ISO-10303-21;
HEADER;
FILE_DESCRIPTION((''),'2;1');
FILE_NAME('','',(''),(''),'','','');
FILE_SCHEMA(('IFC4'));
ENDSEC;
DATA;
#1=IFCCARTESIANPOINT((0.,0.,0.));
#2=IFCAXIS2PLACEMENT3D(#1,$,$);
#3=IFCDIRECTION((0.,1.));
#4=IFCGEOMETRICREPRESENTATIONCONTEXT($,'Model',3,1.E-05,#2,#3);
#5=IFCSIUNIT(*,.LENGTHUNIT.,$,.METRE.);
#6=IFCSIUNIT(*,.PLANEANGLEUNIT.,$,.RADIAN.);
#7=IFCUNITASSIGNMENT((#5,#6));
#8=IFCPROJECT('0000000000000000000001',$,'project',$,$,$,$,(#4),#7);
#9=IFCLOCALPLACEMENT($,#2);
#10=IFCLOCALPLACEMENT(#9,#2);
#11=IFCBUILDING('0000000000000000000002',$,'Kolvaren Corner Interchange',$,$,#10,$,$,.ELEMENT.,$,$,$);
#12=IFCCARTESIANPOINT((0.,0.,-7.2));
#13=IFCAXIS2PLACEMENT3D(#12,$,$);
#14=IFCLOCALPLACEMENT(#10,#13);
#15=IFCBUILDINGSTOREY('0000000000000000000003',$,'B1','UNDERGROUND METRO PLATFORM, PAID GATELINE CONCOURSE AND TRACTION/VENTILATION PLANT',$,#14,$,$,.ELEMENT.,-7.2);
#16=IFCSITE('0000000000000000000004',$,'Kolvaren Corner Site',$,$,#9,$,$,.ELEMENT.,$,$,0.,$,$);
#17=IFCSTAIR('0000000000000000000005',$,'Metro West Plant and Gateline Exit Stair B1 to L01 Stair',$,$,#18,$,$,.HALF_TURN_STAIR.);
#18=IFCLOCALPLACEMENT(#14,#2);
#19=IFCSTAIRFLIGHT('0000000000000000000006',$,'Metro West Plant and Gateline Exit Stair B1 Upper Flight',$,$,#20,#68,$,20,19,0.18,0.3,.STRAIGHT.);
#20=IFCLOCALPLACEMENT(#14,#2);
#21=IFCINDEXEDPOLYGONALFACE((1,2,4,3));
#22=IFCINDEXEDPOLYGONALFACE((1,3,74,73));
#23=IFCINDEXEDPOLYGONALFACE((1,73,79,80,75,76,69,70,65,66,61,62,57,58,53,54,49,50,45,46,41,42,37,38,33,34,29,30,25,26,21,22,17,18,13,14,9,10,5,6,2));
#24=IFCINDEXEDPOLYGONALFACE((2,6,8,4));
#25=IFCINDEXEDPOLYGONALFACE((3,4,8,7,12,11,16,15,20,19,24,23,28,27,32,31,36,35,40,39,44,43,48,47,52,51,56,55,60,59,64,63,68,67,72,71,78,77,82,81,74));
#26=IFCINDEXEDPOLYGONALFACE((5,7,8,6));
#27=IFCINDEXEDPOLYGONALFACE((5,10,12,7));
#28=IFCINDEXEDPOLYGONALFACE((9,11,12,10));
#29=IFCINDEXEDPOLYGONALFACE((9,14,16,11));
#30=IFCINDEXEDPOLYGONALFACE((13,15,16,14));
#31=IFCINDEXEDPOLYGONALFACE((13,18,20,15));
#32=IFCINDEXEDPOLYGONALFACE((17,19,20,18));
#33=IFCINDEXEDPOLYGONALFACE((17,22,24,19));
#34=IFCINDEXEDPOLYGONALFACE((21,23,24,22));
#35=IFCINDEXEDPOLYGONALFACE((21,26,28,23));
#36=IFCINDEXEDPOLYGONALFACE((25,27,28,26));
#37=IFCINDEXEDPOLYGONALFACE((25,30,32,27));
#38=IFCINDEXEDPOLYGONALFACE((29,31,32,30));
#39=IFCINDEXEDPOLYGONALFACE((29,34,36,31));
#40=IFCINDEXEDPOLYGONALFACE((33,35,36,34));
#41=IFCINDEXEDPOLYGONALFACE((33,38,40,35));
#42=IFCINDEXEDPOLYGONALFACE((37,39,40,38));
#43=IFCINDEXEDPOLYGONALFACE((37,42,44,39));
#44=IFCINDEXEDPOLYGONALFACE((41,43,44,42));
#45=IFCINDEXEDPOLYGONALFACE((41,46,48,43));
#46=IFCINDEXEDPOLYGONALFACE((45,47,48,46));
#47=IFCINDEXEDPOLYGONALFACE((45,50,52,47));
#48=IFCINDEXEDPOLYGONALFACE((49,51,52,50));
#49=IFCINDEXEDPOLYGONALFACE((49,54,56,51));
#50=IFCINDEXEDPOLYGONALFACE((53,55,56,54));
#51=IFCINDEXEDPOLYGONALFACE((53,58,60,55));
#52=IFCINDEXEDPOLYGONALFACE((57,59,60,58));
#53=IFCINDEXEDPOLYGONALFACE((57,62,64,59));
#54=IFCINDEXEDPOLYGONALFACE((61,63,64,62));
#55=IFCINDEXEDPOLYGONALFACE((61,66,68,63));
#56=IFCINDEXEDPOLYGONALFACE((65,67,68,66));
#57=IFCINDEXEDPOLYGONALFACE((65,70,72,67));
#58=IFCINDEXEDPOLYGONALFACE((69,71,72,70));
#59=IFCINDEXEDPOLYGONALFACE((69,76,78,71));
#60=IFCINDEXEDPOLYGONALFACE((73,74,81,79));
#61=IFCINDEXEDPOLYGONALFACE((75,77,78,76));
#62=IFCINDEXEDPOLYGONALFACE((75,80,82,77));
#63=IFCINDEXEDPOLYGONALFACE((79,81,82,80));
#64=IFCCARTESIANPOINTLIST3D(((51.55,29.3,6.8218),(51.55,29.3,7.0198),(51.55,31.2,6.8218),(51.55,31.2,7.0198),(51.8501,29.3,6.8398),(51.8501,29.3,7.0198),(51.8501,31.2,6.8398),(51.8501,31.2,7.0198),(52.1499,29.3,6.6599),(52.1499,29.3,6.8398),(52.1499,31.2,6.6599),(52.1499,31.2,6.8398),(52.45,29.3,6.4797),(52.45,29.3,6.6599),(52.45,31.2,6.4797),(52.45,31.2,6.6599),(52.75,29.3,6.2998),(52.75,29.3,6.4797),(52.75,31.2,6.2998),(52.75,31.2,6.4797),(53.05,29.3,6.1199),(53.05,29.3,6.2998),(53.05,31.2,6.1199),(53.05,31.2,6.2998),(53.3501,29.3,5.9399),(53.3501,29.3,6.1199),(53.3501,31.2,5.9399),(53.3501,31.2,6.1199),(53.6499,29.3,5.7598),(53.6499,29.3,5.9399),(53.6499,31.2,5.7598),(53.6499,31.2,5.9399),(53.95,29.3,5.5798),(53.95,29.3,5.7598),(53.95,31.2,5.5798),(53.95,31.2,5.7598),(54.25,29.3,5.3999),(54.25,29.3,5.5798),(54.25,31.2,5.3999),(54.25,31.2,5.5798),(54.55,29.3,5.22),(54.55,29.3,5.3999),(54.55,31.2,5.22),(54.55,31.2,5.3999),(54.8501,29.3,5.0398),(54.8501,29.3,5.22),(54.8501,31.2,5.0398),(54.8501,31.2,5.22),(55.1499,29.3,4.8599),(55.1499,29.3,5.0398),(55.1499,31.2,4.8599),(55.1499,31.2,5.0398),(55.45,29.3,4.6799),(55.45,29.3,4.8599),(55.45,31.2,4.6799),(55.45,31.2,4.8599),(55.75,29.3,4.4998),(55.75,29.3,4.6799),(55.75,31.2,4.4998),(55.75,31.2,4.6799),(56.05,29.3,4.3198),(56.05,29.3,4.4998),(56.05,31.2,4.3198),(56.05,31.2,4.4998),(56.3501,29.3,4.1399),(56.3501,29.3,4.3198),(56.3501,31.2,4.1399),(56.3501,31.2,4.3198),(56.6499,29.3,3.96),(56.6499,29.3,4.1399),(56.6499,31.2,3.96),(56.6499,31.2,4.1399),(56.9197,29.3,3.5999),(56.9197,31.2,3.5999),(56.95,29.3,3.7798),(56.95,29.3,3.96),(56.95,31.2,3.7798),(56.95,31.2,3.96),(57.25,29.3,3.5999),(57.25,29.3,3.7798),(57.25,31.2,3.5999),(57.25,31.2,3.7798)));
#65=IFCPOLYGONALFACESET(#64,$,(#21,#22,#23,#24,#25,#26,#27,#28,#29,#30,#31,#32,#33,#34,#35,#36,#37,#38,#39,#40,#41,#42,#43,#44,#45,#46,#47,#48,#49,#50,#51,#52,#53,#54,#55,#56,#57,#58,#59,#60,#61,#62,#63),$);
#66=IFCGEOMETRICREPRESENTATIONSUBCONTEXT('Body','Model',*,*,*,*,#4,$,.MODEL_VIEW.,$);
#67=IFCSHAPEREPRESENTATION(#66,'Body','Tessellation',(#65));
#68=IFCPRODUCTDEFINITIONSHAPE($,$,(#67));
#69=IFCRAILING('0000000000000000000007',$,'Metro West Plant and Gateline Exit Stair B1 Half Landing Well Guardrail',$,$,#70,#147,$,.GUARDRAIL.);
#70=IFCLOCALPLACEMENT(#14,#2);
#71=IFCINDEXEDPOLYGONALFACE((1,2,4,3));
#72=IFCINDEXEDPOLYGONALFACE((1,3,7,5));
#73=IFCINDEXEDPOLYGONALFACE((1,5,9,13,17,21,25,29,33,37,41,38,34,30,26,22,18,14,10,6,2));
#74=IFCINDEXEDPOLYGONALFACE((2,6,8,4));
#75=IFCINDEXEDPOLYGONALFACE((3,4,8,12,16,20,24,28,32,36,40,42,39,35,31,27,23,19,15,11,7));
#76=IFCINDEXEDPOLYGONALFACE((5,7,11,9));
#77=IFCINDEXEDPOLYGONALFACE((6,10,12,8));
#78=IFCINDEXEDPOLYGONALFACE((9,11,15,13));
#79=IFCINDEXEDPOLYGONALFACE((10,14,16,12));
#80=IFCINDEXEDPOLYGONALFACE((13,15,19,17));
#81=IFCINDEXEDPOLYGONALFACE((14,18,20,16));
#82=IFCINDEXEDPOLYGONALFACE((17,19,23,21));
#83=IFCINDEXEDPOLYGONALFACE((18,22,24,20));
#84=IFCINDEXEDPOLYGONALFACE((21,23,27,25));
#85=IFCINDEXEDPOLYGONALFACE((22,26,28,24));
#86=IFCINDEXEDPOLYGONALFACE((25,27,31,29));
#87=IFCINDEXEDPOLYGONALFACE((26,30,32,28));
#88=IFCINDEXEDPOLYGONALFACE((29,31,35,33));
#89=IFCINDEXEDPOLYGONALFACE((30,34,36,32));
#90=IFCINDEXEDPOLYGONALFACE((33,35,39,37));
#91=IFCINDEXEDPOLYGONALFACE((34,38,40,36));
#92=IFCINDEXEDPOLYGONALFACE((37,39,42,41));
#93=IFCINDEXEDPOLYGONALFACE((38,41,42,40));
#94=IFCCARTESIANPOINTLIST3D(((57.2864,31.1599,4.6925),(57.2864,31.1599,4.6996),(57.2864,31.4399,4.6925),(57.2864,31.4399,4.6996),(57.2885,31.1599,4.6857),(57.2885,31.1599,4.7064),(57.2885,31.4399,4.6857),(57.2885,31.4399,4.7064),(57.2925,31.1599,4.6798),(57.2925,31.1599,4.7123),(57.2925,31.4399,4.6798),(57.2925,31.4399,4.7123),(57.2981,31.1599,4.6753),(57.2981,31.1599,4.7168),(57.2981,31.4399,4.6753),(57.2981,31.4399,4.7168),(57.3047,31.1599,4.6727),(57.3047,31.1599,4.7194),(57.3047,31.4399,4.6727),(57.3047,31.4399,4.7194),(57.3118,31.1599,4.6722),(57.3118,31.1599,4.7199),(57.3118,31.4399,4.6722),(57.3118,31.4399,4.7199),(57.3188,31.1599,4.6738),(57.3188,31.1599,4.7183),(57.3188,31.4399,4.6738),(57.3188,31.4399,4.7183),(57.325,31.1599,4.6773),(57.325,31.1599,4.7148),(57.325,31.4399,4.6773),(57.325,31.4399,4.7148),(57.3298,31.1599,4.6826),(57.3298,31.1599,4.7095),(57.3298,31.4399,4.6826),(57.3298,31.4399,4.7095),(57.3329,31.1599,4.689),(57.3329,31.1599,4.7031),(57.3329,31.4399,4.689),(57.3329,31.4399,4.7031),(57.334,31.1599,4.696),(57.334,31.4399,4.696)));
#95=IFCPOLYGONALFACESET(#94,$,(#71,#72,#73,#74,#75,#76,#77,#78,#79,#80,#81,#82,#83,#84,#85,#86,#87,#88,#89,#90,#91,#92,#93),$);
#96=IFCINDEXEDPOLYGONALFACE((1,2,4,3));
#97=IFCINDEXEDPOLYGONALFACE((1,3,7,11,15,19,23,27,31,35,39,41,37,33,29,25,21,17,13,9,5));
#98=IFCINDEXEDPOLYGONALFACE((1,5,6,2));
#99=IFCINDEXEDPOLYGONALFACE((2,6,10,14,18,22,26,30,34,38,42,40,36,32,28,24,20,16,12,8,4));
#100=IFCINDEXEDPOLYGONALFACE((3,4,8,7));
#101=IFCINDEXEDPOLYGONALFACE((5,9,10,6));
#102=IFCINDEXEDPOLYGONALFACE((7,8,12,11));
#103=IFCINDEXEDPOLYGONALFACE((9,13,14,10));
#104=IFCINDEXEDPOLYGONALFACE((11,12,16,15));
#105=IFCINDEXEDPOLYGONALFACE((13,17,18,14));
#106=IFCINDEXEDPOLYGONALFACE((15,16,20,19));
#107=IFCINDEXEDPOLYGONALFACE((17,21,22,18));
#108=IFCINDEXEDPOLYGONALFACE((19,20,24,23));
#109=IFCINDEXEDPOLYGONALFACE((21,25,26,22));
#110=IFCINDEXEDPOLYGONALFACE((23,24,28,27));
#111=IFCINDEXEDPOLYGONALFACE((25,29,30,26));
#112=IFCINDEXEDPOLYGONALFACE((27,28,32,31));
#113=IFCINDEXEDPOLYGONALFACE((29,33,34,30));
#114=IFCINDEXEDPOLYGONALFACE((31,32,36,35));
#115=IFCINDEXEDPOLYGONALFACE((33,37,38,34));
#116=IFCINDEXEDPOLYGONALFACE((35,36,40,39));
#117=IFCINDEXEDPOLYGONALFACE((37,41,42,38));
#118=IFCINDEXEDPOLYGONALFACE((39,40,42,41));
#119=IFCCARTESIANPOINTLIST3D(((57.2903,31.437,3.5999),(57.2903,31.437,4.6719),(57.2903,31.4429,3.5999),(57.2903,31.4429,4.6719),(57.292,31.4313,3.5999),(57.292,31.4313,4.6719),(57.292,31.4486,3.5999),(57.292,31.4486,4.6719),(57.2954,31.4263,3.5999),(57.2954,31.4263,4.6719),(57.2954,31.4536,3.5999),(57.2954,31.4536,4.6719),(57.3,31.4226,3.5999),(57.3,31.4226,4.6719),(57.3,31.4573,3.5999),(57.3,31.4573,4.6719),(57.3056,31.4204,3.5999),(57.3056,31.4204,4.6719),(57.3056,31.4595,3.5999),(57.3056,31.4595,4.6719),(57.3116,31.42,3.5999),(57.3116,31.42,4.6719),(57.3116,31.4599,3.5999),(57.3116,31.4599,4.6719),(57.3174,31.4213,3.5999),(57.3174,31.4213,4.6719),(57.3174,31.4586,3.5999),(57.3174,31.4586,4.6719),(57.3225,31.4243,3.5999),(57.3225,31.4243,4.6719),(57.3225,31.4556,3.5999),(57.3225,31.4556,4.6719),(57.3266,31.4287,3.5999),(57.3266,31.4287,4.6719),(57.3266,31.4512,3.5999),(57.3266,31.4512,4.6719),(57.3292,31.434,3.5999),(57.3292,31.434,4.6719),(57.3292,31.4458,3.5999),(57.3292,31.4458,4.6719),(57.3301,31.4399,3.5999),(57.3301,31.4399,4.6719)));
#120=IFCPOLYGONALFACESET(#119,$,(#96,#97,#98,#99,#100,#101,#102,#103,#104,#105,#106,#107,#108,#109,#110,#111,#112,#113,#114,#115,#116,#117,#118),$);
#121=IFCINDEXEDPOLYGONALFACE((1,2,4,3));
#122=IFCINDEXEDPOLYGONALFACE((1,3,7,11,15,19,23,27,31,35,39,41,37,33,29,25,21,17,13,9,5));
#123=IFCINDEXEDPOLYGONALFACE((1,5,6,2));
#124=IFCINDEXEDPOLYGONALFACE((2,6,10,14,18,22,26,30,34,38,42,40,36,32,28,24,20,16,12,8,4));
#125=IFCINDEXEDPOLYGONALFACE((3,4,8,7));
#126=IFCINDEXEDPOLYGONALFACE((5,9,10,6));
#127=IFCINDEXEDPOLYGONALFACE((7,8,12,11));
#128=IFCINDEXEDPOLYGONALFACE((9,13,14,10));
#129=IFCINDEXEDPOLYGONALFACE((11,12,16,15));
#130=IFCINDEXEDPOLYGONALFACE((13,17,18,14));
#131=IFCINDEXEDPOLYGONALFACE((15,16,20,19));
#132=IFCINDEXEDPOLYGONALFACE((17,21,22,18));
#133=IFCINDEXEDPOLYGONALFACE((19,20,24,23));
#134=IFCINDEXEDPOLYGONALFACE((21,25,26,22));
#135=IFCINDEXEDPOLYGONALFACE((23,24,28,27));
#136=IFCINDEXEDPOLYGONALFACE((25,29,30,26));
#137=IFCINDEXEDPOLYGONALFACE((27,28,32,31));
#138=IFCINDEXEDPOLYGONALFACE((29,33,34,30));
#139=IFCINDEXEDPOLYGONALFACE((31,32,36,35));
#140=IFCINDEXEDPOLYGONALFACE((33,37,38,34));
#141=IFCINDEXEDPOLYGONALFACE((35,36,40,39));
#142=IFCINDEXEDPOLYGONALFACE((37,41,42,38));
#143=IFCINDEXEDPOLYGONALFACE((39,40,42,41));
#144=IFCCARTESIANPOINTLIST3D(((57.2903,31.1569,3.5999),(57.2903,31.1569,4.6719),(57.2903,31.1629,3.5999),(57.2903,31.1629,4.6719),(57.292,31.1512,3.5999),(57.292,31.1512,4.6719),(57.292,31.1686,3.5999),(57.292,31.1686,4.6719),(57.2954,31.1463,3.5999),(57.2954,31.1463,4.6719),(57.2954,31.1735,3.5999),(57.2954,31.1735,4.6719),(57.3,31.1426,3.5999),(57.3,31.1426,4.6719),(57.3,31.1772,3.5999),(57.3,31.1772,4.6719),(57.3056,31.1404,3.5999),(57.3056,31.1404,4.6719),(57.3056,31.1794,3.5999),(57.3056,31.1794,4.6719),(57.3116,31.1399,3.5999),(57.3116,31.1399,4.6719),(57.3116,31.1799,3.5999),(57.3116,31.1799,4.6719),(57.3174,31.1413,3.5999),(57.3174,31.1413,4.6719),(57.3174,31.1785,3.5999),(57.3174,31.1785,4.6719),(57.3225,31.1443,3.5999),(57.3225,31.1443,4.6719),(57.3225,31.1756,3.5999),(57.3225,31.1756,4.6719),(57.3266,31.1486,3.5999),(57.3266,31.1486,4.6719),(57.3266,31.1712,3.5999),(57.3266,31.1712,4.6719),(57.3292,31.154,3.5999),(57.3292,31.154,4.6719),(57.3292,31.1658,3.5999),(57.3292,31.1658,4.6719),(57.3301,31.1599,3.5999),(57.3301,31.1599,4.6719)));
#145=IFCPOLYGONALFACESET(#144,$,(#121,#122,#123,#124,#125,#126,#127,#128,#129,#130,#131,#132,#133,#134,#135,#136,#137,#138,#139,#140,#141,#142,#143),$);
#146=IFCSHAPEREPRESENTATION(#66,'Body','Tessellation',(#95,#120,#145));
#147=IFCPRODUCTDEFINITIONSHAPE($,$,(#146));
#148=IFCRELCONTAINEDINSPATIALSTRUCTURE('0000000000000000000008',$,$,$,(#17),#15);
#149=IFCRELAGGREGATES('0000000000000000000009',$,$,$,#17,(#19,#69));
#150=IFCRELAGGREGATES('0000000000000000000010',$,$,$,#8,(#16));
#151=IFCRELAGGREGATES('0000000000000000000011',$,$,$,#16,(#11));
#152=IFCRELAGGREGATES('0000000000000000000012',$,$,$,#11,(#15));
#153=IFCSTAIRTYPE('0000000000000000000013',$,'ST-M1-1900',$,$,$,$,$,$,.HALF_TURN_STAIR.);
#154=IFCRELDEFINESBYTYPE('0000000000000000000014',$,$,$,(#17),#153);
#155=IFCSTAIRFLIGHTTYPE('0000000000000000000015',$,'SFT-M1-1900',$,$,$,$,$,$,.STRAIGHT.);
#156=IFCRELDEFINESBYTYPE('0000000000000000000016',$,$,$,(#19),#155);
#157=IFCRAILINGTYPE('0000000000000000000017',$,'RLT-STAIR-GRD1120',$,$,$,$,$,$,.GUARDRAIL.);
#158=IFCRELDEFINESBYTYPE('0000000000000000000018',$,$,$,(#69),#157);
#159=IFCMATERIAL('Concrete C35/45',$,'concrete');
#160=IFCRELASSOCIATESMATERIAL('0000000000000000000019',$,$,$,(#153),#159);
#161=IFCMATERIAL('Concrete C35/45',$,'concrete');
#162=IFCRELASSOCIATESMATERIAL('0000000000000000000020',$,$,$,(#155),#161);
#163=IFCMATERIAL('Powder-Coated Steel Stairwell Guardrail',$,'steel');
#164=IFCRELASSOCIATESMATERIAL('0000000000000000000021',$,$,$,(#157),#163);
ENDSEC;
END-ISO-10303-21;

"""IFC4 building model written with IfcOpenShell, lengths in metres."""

from ifc_helpers import new_model, si_unit, direction, frame, origin, origin_2d, place, context, subcontext, project, spatial, polyline, circle, outline, extrude, material, type_object, element, aggregate, save


model = new_model("IFC4")

# Units and contexts
model_context = context("Model", 3, precision=1e-05, world=origin(), true_north=direction((0.0, 1.0)))
body_context = subcontext(model_context, "Body", "Model", "MODEL_VIEW")
ifc_project = project(units=[si_unit("LENGTHUNIT", "METRE"), si_unit("PLANEANGLEUNIT", "RADIAN")], contexts=[model_context])

# Site, building, storey
site_placement = place(None, origin())
site = spatial("IfcSite", under=ifc_project, at=site_placement, Name="Kolvaren Corner Site", CompositionType="ELEMENT", RefElevation=0.0)
building_placement = place(site_placement, origin())
building = spatial("IfcBuilding", under=site, at=building_placement, Name="Kolvaren Corner Interchange", CompositionType="ELEMENT")
storey_placement = place(building_placement, frame((0.0, 0.0, -7.2)))
storey = spatial("IfcBuildingStorey", under=building, at=storey_placement, Name="B1", Description="UNDERGROUND METRO PLATFORM, PAID GATELINE CONCOURSE AND TRACTION/VENTILATION PLANT", CompositionType="ELEMENT", Elevation=-7.2)

# Stair, stair flight, railing
ifc_material_1 = material(Name="Concrete C35/45", Category="concrete")
stair_type = type_object("IfcStairType", Name="ST-M1-1900", PredefinedType="HALF_TURN_STAIR", material=ifc_material_1)
stair_placement = place(storey_placement, origin())
stair = element("IfcStair", 1, at=stair_placement, inside=storey, type_object=stair_type, Name="Metro West Plant and Gateline Exit Stair B1 to L01 Stair", PredefinedType="HALF_TURN_STAIR")
ifc_material_2 = material(Name="Concrete C35/45", Category="concrete")
stair_flight_type = type_object("IfcStairFlightType", Name="SFT-M1-1900", PredefinedType="STRAIGHT", material=ifc_material_2)
stair_flight_1_placement = place(storey_placement, frame((57.25, 30.25, 3.5999), z_axis=(0.0, 0.0, 1.0), x_axis=(-1.0, 0.0, 0.0)))
stair_flight_1 = element("IfcStairFlight", 2, at=stair_flight_1_placement, type_object=stair_flight_type, Name="Metro West Plant and Gateline Exit Stair B1 Upper Flight", NumberOfRisers=20, NumberOfTreads=19, PredefinedType="STRAIGHT", RiserHeight=0.18, TreadLength=0.3, context=body_context, shape_type="SweptSolid", body=[
    extrude(outline(polyline([(0.0, 0.0), (0.0, 0.1799), (0.3, 0.1799), (0.3, 0.3601), (0.6001, 0.3601), (0.6001, 0.54), (0.8999, 0.54), (0.8999, 0.72), (1.2, 0.72), (1.2, 0.8999), (1.5, 0.8999), (1.5, 1.0801), (1.8, 1.0801), (1.8, 1.26), (2.1001, 1.26), (2.1001, 1.4399), (2.3999, 1.4399), (2.3999, 1.6201), (2.7, 1.6201), (2.7, 1.8), (3.0, 1.8), (3.0, 1.98), (3.3, 1.98), (3.3, 2.1599), (3.6001, 2.1599), (3.6001, 2.3401), (3.8999, 2.3401), (3.8999, 2.52), (4.2, 2.52), (4.2, 2.7), (4.5, 2.7), (4.5, 2.8799), (4.8, 2.8799), (4.8, 3.0601), (5.1001, 3.0601), (5.1001, 3.24), (5.3999, 3.24), (5.3999, 3.4199), (5.7, 3.4199), (5.7, 3.6001), (5.7, 3.2219), (0.3303, 0.0), (0.0, 0.0)])), frame((0.0, 0.95, 0.0), z_axis=(0.0, -1.0, 0.0), x_axis=(1.0, 0.0, 0.0)), (0.0, 0.0, 1.0), 1.8999),
])
ifc_material_3 = material(Name="Powder-Coated Steel Stairwell Guardrail", Category="steel")
railing_type_1 = type_object("IfcRailingType", Name="RLT-STAIR-GRD1120", PredefinedType="GUARDRAIL", material=ifc_material_3)
railing_1_placement = place(storey_placement, frame((57.3101, 31.4399, 3.5999)))
railing_1 = element("IfcRailing", 3, at=railing_1_placement, type_object=railing_type_1, Name="Metro West Plant and Gateline Exit Stair B1 Half Landing Well Guardrail", PredefinedType="GUARDRAIL", context=body_context, shape_type="SweptSolid", body=[
    extrude(circle(Radius=0.0239, at=origin_2d()), frame((0.0, 0.0, 1.0962), z_axis=(0.0, -1.0, 0.0), x_axis=(1.0, 0.0, 0.0)), (0.0, 0.0, 1.0), 0.28),
    extrude(circle(Radius=0.02, at=origin_2d()), origin(), (0.0, 0.0, 1.0), 1.072),
    extrude(circle(Radius=0.02, at=origin_2d()), frame((0.0, -0.28, 0.0)), (0.0, 0.0, 1.0), 1.072),
])
aggregate(stair, [stair_flight_1, railing_1])

save(model, "model.ifc")
